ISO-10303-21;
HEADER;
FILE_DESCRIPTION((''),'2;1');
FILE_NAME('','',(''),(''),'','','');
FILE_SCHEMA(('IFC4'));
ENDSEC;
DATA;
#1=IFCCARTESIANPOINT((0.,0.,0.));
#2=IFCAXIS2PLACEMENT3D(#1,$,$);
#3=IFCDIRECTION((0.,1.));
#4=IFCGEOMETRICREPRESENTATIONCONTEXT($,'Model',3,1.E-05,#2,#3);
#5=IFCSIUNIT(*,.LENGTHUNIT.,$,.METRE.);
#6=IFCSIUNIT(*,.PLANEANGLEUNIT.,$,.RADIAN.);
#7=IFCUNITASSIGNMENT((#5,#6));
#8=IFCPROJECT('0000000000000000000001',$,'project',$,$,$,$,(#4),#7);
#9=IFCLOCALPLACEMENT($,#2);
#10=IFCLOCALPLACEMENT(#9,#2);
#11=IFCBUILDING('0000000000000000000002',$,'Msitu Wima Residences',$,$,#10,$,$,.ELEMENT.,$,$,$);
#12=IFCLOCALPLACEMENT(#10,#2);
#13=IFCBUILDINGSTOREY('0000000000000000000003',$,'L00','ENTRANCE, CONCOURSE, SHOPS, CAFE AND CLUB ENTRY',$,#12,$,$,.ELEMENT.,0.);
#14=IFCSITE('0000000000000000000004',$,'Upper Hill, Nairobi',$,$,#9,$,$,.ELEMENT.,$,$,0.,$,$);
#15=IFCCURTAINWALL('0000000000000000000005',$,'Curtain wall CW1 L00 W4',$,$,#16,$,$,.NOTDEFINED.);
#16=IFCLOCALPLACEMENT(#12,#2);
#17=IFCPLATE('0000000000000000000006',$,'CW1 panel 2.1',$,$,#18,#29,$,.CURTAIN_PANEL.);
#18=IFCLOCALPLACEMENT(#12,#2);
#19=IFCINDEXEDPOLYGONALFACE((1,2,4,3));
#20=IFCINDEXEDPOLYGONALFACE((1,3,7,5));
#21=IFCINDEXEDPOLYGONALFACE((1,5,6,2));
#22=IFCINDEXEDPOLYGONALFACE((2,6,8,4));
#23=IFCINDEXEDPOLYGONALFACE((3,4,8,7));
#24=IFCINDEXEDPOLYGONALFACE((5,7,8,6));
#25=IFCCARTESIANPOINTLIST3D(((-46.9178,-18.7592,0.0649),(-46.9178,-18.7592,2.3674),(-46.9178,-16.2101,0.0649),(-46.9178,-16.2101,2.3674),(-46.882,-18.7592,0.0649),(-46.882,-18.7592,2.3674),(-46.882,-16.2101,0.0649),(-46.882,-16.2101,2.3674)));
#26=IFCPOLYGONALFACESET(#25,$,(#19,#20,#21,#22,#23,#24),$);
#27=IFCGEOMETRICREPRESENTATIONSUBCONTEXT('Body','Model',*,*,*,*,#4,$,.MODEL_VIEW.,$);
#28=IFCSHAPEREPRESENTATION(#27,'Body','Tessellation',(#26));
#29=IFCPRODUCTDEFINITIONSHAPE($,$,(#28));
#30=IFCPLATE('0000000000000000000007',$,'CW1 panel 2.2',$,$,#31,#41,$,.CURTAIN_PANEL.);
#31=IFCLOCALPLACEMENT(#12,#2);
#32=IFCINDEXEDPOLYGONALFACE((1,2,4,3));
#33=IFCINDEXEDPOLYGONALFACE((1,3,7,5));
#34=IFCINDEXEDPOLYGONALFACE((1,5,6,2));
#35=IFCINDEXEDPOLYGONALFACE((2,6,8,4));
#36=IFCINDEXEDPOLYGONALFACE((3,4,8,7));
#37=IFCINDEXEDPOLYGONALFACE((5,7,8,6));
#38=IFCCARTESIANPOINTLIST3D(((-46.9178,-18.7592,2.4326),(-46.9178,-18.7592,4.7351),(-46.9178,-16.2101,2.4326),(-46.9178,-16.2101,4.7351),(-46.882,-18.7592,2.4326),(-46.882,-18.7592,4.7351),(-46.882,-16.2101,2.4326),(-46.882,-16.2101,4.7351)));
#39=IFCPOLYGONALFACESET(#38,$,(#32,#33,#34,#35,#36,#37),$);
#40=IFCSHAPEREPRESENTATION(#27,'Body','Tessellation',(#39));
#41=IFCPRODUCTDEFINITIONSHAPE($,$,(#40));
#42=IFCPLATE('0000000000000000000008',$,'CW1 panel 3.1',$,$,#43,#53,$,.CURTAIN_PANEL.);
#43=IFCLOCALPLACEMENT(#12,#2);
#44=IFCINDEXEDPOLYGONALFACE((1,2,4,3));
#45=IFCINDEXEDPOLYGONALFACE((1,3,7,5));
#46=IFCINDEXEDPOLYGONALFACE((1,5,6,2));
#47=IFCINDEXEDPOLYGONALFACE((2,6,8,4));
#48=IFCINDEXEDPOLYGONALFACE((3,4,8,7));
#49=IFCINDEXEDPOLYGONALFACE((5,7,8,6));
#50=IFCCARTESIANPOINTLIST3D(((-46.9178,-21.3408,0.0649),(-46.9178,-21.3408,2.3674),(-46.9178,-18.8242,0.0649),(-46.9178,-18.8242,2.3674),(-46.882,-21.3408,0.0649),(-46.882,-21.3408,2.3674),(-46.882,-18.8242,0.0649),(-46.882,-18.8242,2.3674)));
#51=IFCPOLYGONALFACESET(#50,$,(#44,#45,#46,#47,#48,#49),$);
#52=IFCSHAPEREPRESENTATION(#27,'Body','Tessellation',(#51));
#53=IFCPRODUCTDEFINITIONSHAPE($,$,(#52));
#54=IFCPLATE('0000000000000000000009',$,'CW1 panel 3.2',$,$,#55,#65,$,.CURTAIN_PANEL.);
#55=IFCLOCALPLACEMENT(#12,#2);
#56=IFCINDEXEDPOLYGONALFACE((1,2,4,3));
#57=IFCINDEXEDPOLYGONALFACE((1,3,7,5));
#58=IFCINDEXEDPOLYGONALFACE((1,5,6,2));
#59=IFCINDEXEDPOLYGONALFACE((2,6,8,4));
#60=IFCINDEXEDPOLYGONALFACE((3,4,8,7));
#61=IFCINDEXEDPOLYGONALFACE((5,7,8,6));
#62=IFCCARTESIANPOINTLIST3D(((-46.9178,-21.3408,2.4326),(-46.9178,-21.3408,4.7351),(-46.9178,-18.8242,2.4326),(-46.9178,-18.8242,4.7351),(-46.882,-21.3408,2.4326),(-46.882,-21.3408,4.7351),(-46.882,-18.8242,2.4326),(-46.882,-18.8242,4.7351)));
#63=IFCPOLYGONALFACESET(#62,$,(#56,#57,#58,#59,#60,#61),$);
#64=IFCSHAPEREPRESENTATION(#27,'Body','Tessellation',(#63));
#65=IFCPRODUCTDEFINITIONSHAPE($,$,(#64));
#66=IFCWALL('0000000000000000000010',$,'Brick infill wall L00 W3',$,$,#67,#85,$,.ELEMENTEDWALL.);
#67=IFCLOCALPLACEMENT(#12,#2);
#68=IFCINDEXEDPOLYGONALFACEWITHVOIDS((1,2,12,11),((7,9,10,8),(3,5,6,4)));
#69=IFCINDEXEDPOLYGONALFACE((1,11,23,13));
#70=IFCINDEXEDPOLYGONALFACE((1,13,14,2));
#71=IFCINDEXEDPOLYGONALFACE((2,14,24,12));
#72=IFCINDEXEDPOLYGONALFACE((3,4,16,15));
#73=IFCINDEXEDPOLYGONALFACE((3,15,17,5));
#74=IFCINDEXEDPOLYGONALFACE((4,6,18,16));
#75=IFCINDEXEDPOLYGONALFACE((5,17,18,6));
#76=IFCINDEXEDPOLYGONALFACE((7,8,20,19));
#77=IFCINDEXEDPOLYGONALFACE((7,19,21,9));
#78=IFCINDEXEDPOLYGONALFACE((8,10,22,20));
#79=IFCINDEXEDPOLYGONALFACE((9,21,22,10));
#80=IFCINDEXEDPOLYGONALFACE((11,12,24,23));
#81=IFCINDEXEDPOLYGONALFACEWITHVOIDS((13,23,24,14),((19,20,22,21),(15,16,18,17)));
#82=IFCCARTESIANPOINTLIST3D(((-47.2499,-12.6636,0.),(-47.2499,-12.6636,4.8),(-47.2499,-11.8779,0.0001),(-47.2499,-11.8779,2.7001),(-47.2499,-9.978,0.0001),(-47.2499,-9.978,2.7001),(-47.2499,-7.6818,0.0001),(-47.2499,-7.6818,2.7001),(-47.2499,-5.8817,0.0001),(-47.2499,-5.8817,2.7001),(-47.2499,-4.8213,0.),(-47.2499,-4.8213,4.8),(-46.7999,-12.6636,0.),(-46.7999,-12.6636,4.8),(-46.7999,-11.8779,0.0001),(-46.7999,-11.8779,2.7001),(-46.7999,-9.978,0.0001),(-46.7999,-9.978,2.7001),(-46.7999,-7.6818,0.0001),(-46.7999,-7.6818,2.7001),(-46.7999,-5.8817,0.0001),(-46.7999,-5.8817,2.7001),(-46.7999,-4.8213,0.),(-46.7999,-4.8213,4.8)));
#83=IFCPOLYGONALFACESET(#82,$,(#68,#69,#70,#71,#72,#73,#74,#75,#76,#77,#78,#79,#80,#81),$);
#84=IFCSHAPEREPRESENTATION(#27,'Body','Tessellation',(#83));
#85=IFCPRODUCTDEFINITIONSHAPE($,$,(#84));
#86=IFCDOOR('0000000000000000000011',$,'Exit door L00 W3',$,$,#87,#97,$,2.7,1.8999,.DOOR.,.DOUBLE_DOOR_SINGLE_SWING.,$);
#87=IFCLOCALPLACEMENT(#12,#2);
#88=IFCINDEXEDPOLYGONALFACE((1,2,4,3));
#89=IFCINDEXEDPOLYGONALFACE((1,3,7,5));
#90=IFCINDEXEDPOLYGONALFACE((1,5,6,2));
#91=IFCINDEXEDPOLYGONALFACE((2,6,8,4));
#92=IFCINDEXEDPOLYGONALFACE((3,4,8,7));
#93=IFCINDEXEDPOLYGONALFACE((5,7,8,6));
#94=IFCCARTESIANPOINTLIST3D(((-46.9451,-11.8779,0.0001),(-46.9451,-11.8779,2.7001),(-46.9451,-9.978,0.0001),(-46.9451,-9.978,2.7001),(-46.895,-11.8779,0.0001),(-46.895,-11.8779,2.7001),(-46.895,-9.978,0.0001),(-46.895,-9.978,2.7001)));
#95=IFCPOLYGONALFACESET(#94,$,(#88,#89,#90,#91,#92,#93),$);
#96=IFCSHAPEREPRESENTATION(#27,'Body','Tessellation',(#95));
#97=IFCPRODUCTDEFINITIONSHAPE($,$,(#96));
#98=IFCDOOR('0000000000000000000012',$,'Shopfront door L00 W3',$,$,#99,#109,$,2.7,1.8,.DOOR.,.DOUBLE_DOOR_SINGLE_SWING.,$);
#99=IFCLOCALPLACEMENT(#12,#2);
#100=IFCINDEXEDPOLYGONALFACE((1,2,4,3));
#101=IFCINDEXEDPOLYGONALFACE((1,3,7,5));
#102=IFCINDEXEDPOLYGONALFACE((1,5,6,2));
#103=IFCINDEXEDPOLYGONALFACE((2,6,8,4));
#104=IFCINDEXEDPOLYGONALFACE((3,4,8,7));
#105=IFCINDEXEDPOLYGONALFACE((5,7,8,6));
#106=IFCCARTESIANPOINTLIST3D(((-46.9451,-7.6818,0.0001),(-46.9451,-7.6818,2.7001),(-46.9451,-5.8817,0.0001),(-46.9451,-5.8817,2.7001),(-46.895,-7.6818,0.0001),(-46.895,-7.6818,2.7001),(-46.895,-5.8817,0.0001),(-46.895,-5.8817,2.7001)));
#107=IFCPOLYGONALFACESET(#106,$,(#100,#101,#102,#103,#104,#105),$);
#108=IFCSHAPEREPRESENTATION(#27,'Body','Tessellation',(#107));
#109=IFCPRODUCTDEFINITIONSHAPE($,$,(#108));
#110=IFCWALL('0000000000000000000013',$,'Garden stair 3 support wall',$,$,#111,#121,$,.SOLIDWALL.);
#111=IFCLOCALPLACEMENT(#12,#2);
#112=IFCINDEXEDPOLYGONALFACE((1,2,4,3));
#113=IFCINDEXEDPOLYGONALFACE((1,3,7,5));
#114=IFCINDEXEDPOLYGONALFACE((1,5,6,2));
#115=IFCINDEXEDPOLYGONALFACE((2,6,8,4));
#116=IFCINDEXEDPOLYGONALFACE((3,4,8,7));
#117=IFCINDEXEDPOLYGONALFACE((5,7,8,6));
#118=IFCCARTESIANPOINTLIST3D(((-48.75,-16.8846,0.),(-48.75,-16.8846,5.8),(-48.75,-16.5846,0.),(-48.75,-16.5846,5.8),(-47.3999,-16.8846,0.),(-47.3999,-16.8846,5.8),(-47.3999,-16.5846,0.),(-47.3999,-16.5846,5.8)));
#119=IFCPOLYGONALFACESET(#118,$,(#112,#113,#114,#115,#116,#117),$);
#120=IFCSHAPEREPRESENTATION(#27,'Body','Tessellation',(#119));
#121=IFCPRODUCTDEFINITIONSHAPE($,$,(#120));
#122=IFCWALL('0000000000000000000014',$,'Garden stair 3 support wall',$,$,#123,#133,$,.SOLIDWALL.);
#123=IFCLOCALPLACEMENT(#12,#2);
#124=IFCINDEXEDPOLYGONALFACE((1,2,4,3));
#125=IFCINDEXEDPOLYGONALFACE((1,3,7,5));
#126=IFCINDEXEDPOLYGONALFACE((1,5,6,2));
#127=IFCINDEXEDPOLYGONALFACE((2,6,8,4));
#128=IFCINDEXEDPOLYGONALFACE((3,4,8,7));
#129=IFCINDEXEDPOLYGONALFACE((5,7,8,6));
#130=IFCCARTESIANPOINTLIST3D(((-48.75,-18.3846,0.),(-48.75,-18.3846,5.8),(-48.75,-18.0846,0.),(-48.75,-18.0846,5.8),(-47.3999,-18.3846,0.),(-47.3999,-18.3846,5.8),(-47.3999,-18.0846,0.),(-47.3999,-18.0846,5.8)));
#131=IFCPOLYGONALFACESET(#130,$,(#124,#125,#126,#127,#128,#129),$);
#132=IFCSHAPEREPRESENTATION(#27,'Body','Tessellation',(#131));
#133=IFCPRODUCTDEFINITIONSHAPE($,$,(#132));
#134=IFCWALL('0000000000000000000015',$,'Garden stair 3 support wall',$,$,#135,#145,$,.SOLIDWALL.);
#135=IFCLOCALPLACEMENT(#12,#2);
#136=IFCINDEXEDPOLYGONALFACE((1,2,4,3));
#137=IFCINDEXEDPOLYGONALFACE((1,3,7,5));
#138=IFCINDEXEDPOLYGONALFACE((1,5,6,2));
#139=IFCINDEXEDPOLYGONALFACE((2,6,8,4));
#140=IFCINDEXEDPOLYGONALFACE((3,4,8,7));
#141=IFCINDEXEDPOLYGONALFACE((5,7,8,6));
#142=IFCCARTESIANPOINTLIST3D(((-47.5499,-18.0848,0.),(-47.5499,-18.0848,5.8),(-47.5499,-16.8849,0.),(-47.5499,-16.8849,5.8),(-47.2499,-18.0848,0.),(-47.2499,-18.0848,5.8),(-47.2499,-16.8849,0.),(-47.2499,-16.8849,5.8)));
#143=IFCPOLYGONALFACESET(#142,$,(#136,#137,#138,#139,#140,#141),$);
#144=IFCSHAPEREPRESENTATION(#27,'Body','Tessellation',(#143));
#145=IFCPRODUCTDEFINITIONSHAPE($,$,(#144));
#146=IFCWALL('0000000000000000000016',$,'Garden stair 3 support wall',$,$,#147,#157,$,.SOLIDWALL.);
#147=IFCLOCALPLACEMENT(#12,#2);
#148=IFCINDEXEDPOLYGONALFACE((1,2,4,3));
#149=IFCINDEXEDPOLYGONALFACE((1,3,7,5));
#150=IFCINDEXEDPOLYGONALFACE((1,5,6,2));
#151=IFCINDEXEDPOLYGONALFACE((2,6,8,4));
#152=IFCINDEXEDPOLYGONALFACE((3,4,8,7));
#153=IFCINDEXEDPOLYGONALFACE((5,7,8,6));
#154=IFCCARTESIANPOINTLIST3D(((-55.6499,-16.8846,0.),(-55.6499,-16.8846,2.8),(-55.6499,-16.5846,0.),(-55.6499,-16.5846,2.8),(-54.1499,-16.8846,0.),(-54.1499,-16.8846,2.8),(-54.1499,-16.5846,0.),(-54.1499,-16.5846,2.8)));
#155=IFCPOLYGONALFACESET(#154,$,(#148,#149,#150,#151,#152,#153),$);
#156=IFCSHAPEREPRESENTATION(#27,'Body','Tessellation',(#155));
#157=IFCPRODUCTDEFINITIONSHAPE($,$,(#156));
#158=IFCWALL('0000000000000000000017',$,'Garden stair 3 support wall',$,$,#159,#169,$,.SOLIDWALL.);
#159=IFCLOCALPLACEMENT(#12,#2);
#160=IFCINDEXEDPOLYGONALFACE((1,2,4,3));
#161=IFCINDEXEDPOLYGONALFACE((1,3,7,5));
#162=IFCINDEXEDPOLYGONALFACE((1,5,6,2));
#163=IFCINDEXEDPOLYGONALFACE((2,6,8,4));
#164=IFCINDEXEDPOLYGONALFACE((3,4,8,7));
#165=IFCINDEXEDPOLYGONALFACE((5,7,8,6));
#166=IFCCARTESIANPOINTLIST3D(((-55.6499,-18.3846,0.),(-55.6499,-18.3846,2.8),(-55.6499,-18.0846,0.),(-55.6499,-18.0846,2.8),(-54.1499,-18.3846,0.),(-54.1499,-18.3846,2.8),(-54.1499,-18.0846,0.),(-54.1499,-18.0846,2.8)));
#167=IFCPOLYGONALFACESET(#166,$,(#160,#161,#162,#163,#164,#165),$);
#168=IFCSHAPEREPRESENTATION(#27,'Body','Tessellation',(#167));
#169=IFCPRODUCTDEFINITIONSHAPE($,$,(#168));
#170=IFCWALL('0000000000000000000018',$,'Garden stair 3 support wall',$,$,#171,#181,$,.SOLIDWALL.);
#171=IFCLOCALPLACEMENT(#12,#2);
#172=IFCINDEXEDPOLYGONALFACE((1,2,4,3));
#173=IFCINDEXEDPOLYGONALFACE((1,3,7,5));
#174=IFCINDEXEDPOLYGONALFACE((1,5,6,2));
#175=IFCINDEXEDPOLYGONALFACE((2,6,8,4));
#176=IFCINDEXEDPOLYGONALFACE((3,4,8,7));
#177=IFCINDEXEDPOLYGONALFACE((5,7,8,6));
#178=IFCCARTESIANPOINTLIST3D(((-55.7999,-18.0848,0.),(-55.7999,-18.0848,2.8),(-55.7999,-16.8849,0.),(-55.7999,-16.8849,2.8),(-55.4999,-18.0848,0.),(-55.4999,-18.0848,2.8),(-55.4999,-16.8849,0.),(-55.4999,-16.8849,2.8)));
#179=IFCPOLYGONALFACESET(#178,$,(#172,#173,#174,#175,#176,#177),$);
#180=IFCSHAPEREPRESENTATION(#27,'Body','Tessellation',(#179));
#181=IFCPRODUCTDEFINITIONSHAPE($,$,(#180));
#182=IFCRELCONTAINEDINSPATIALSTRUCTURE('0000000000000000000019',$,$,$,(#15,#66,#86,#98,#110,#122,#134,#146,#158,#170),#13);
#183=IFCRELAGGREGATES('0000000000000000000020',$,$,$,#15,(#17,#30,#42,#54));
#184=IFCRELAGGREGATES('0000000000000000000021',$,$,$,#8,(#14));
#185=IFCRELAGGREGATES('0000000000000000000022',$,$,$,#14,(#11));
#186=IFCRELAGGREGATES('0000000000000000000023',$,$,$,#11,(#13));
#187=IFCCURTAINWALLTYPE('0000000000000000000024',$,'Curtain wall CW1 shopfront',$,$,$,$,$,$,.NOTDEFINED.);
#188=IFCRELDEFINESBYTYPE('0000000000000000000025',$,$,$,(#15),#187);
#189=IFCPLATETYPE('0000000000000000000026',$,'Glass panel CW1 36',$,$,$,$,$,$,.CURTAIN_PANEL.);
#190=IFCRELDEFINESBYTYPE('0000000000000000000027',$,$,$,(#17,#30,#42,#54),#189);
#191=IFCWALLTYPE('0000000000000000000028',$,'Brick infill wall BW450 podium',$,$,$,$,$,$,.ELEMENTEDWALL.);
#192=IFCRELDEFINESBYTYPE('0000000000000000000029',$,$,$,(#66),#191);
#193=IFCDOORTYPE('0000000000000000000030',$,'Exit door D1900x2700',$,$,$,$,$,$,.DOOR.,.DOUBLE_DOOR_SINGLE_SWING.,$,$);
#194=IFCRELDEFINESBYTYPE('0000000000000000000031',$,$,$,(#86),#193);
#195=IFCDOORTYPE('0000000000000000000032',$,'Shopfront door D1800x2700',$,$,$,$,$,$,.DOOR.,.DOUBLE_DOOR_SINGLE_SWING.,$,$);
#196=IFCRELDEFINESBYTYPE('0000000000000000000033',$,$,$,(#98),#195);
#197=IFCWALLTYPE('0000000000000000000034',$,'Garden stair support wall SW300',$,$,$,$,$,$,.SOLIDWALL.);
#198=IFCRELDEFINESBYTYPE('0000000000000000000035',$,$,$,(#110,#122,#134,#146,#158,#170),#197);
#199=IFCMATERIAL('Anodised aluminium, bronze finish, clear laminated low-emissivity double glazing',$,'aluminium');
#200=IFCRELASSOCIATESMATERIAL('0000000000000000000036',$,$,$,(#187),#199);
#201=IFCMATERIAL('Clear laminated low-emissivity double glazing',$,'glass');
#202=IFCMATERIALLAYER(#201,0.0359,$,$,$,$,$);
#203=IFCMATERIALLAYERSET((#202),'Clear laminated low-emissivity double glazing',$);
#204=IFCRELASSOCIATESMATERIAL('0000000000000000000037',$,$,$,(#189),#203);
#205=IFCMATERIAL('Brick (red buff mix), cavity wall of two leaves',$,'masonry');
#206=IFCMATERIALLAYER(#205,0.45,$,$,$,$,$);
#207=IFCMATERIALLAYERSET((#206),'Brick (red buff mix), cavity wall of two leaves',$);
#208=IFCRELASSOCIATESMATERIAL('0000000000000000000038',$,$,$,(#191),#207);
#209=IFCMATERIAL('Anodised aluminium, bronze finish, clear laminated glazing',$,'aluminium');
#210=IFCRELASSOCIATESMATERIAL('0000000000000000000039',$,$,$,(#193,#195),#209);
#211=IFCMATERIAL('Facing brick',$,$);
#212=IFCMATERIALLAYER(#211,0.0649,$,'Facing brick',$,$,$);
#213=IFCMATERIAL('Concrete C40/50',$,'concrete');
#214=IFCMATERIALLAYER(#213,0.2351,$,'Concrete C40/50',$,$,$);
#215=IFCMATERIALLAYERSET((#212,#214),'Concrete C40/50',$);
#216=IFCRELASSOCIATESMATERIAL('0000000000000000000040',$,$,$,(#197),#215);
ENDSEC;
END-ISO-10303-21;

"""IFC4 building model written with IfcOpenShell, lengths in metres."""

from ifc_helpers import new_model, si_unit, direction, frame, frame_2d, origin, origin_2d, place, context, subcontext, project, spatial, rectangle, extrude, material, layer, layer_set, type_object, element, fill, aggregate, save


model = new_model("IFC4")

# Units and contexts
model_context = context("Model", 3, precision=1e-05, world=origin(), true_north=direction((0.0, 1.0)))
body_context = subcontext(model_context, "Body", "Model", "MODEL_VIEW")
ifc_project = project(units=[si_unit("LENGTHUNIT", "METRE"), si_unit("PLANEANGLEUNIT", "RADIAN")], contexts=[model_context])

# Site, building, storey
site_placement = place(None, origin())
site = spatial("IfcSite", under=ifc_project, at=site_placement, Name="Upper Hill, Nairobi", CompositionType="ELEMENT", RefElevation=0.0)
building_placement = place(site_placement, origin())
building = spatial("IfcBuilding", under=site, at=building_placement, Name="Msitu Wima Residences", CompositionType="ELEMENT")
storey_placement = place(building_placement, origin())
storey = spatial("IfcBuildingStorey", under=building, at=storey_placement, Name="L00", Description="ENTRANCE, CONCOURSE, SHOPS, CAFE AND CLUB ENTRY", CompositionType="ELEMENT", Elevation=0.0)

# Curtain wall, plates
ifc_material_1 = material(Name="Anodised aluminium, bronze finish, clear laminated low-emissivity double glazing", Category="aluminium")
curtain_wall_type = type_object("IfcCurtainWallType", Name="Curtain wall CW1 shopfront", PredefinedType="NOTDEFINED", material=ifc_material_1)
curtain_wall_placement = place(storey_placement, origin())
curtain_wall = element("IfcCurtainWall", 1, at=curtain_wall_placement, inside=storey, type_object=curtain_wall_type, Name="Curtain wall CW1 L00 W4", PredefinedType="NOTDEFINED")
ifc_material_2 = material(Name="Clear laminated low-emissivity double glazing", Category="glass")
ifc_layer_1 = layer(ifc_material_2, 0.0359)
ifc_layer_set_1 = layer_set([ifc_layer_1], Name="Clear laminated low-emissivity double glazing")
plate_type = type_object("IfcPlateType", Name="Glass panel CW1 36", PredefinedType="CURTAIN_PANEL", material=ifc_layer_set_1)
plate_1_placement = place(storey_placement, frame((-46.8999, -17.4846, 0.0649), z_axis=(0.0, 0.0, 1.0), x_axis=(0.0, -1.0, 0.0)))
plate_1 = element("IfcPlate", 2, at=plate_1_placement, type_object=plate_type, Name="CW1 panel 2.1", PredefinedType="CURTAIN_PANEL", context=body_context, shape_type="SweptSolid", body=[
    extrude(rectangle(XDim=2.5491, YDim=0.0359, at=origin_2d()), origin(), (0.0, 0.0, 1.0), 2.3025),
])
plate_2_placement = place(storey_placement, frame((-46.8999, -17.4846, 2.4326), z_axis=(0.0, 0.0, 1.0), x_axis=(0.0, -1.0, 0.0)))
plate_2 = element("IfcPlate", 3, at=plate_2_placement, type_object=plate_type, Name="CW1 panel 2.2", PredefinedType="CURTAIN_PANEL", context=body_context, shape_type="SweptSolid", body=[
    extrude(rectangle(XDim=2.5491, YDim=0.0359, at=origin_2d()), origin(), (0.0, 0.0, 1.0), 2.3025),
])
plate_3_placement = place(storey_placement, frame((-46.8999, -20.0825, 0.0649), z_axis=(0.0, 0.0, 1.0), x_axis=(0.0, -1.0, 0.0)))
plate_3 = element("IfcPlate", 4, at=plate_3_placement, type_object=plate_type, Name="CW1 panel 3.1", PredefinedType="CURTAIN_PANEL", context=body_context, shape_type="SweptSolid", body=[
    extrude(rectangle(XDim=2.5166, YDim=0.0359, at=origin_2d()), origin(), (0.0, 0.0, 1.0), 2.3025),
])
plate_4_placement = place(storey_placement, frame((-46.8999, -20.0825, 2.4326), z_axis=(0.0, 0.0, 1.0), x_axis=(0.0, -1.0, 0.0)))
plate_4 = element("IfcPlate", 5, at=plate_4_placement, type_object=plate_type, Name="CW1 panel 3.2", PredefinedType="CURTAIN_PANEL", context=body_context, shape_type="SweptSolid", body=[
    extrude(rectangle(XDim=2.5166, YDim=0.0359, at=origin_2d()), origin(), (0.0, 0.0, 1.0), 2.3025),
])
aggregate(curtain_wall, [plate_1, plate_2, plate_3, plate_4])

# Wall, openings, doors
ifc_material_3 = material(Name="Brick (red buff mix), cavity wall of two leaves", Category="masonry")
ifc_layer_2 = layer(ifc_material_3, 0.45)
ifc_layer_set_2 = layer_set([ifc_layer_2], Name="Brick (red buff mix), cavity wall of two leaves")
wall_type_1 = type_object("IfcWallType", Name="Brick infill wall BW450 podium", PredefinedType="ELEMENTEDWALL", material=ifc_layer_set_2)
wall_1_placement = place(storey_placement, frame((-47.0249, -4.8213, 0.0), z_axis=(0.0, 0.0, 1.0), x_axis=(0.0, -1.0, 0.0)))
wall_1 = element("IfcWall", 6, at=wall_1_placement, inside=storey, type_object=wall_type_1, Name="Brick infill wall L00 W3", PredefinedType="ELEMENTEDWALL", context=body_context, shape_type="SweptSolid", body=[
    extrude(rectangle(XDim=7.8423, YDim=0.45, at=frame_2d((3.9211, 0.0))), origin(), (0.0, 0.0, 1.0), 4.8),
])
opening_1_placement = place(wall_1_placement, frame((1.0605, 0.0, 0.0)))
opening_1 = element("IfcOpeningElement", 7, at=opening_1_placement, cuts=wall_1, PredefinedType="OPENING", context=body_context, shape_type="SweptSolid", body=[
    extrude(rectangle(XDim=1.8, YDim=2.7, at=frame_2d((0.8999, 1.3501))), frame((0.0, 0.2349, 0.0), z_axis=(0.0, -1.0, 0.0), x_axis=(1.0, 0.0, 0.0)), (0.0, 0.0, 1.0), 0.47),
])
opening_2_placement = place(wall_1_placement, frame((5.1567, 0.0, 0.0)))
opening_2 = element("IfcOpeningElement", 8, at=opening_2_placement, cuts=wall_1, PredefinedType="OPENING", context=body_context, shape_type="SweptSolid", body=[
    extrude(rectangle(XDim=1.8999, YDim=2.7, at=frame_2d((0.95, 1.3501))), frame((0.0, 0.2349, 0.0), z_axis=(0.0, -1.0, 0.0), x_axis=(1.0, 0.0, 0.0)), (0.0, 0.0, 1.0), 0.47),
])
ifc_material_4 = material(Name="Anodised aluminium, bronze finish, clear laminated glazing", Category="aluminium")
door_type_1 = type_object("IfcDoorType", Name="Exit door D1900x2700", OperationType="DOUBLE_DOOR_SINGLE_SWING", PredefinedType="DOOR", material=ifc_material_4)
door_1_placement = place(opening_2_placement, frame((1.8999, 0.0, 0.0), z_axis=(0.0, 0.0, 1.0), x_axis=(-1.0, 0.0, 0.0)))
door_1 = element("IfcDoor", 9, at=door_1_placement, inside=storey, type_object=door_type_1, Name="Exit door L00 W3", OperationType="DOUBLE_DOOR_SINGLE_SWING", OverallHeight=2.7, OverallWidth=1.8999, PredefinedType="DOOR", context=body_context, shape_type="SweptSolid", body=[
    extrude(rectangle(XDim=1.8999, YDim=2.7, at=frame_2d((0.95, 1.3501))), frame((0.0, -0.0798, 0.0), z_axis=(0.0, -1.0, 0.0), x_axis=(1.0, 0.0, 0.0)), (0.0, 0.0, 1.0), 0.05),
])
fill(opening_2, door_1)
door_type_2 = type_object("IfcDoorType", Name="Shopfront door D1800x2700", OperationType="DOUBLE_DOOR_SINGLE_SWING", PredefinedType="DOOR", material=ifc_material_4)
door_2_placement = place(opening_1_placement, frame((1.8, 0.0, 0.0), z_axis=(0.0, 0.0, 1.0), x_axis=(-1.0, 0.0, 0.0)))
door_2 = element("IfcDoor", 10, at=door_2_placement, inside=storey, type_object=door_type_2, Name="Shopfront door L00 W3", OperationType="DOUBLE_DOOR_SINGLE_SWING", OverallHeight=2.7, OverallWidth=1.8, PredefinedType="DOOR", context=body_context, shape_type="SweptSolid", body=[
    extrude(rectangle(XDim=1.8, YDim=2.7, at=frame_2d((0.9001, 1.3501))), frame((0.0, -0.0798, 0.0), z_axis=(0.0, -1.0, 0.0), x_axis=(1.0, 0.0, 0.0)), (0.0, 0.0, 1.0), 0.05),
])
fill(opening_1, door_2)

# Walls
ifc_material_5 = material(Name="Facing brick")
ifc_layer_3 = layer(ifc_material_5, 0.0649, Name="Facing brick")
ifc_material_6 = material(Name="Concrete C40/50", Category="concrete")
ifc_layer_4 = layer(ifc_material_6, 0.2351, Name="Concrete C40/50")
ifc_layer_set_3 = layer_set([ifc_layer_3, ifc_layer_4], Name="Concrete C40/50")
wall_type_2 = type_object("IfcWallType", Name="Garden stair support wall SW300", PredefinedType="SOLIDWALL", material=ifc_layer_set_3)
for number, where, z_axis, x_axis, name in (
    (11, (-47.3999, -16.7346, 0.0), (0.0, 0.0, 1.0), (-1.0, 0.0, 0.0), "Garden stair 3 support wall"),
    (12, (-47.3999, -18.2346, 0.0), (0.0, 0.0, 1.0), (-1.0, 0.0, 0.0), "Garden stair 3 support wall"),
):
    element("IfcWall", number, at=place(storey_placement, frame(where, z_axis=z_axis, x_axis=x_axis)), inside=storey, type_object=wall_type_2, Name=name, PredefinedType="SOLIDWALL", context=body_context, shape_type="SweptSolid", body=[
        extrude(rectangle(XDim=1.3501, YDim=0.3, at=frame_2d((0.675, 0.0))), origin(), (0.0, 0.0, 1.0), 5.8),
    ])
wall_2_placement = place(storey_placement, frame((-47.3999, -16.8848, 0.0), z_axis=(0.0, 0.0, 1.0), x_axis=(0.0, -1.0, 0.0)))
element("IfcWall", 13, at=wall_2_placement, inside=storey, type_object=wall_type_2, Name="Garden stair 3 support wall", PredefinedType="SOLIDWALL", context=body_context, shape_type="SweptSolid", body=[
    extrude(rectangle(XDim=1.2, YDim=0.3, at=frame_2d((0.6001, 0.0))), origin(), (0.0, 0.0, 1.0), 5.8),
])
for number, where, z_axis, x_axis, name in (
    (14, (-54.1499, -16.7346, 0.0), (0.0, 0.0, 1.0), (-1.0, 0.0, 0.0), "Garden stair 3 support wall"),
    (15, (-54.1499, -18.2346, 0.0), (0.0, 0.0, 1.0), (-1.0, 0.0, 0.0), "Garden stair 3 support wall"),
):
    element("IfcWall", number, at=place(storey_placement, frame(where, z_axis=z_axis, x_axis=x_axis)), inside=storey, type_object=wall_type_2, Name=name, PredefinedType="SOLIDWALL", context=body_context, shape_type="SweptSolid", body=[
        extrude(rectangle(XDim=1.5, YDim=0.3, at=frame_2d((0.75, 0.0))), origin(), (0.0, 0.0, 1.0), 2.8),
    ])
wall_3_placement = place(storey_placement, frame((-55.6499, -16.8848, 0.0), z_axis=(0.0, 0.0, 1.0), x_axis=(0.0, -1.0, 0.0)))
element("IfcWall", 16, at=wall_3_placement, inside=storey, type_object=wall_type_2, Name="Garden stair 3 support wall", PredefinedType="SOLIDWALL", context=body_context, shape_type="SweptSolid", body=[
    extrude(rectangle(XDim=1.2, YDim=0.3, at=frame_2d((0.6001, 0.0))), origin(), (0.0, 0.0, 1.0), 2.8),
])

save(model, "model.ifc")
